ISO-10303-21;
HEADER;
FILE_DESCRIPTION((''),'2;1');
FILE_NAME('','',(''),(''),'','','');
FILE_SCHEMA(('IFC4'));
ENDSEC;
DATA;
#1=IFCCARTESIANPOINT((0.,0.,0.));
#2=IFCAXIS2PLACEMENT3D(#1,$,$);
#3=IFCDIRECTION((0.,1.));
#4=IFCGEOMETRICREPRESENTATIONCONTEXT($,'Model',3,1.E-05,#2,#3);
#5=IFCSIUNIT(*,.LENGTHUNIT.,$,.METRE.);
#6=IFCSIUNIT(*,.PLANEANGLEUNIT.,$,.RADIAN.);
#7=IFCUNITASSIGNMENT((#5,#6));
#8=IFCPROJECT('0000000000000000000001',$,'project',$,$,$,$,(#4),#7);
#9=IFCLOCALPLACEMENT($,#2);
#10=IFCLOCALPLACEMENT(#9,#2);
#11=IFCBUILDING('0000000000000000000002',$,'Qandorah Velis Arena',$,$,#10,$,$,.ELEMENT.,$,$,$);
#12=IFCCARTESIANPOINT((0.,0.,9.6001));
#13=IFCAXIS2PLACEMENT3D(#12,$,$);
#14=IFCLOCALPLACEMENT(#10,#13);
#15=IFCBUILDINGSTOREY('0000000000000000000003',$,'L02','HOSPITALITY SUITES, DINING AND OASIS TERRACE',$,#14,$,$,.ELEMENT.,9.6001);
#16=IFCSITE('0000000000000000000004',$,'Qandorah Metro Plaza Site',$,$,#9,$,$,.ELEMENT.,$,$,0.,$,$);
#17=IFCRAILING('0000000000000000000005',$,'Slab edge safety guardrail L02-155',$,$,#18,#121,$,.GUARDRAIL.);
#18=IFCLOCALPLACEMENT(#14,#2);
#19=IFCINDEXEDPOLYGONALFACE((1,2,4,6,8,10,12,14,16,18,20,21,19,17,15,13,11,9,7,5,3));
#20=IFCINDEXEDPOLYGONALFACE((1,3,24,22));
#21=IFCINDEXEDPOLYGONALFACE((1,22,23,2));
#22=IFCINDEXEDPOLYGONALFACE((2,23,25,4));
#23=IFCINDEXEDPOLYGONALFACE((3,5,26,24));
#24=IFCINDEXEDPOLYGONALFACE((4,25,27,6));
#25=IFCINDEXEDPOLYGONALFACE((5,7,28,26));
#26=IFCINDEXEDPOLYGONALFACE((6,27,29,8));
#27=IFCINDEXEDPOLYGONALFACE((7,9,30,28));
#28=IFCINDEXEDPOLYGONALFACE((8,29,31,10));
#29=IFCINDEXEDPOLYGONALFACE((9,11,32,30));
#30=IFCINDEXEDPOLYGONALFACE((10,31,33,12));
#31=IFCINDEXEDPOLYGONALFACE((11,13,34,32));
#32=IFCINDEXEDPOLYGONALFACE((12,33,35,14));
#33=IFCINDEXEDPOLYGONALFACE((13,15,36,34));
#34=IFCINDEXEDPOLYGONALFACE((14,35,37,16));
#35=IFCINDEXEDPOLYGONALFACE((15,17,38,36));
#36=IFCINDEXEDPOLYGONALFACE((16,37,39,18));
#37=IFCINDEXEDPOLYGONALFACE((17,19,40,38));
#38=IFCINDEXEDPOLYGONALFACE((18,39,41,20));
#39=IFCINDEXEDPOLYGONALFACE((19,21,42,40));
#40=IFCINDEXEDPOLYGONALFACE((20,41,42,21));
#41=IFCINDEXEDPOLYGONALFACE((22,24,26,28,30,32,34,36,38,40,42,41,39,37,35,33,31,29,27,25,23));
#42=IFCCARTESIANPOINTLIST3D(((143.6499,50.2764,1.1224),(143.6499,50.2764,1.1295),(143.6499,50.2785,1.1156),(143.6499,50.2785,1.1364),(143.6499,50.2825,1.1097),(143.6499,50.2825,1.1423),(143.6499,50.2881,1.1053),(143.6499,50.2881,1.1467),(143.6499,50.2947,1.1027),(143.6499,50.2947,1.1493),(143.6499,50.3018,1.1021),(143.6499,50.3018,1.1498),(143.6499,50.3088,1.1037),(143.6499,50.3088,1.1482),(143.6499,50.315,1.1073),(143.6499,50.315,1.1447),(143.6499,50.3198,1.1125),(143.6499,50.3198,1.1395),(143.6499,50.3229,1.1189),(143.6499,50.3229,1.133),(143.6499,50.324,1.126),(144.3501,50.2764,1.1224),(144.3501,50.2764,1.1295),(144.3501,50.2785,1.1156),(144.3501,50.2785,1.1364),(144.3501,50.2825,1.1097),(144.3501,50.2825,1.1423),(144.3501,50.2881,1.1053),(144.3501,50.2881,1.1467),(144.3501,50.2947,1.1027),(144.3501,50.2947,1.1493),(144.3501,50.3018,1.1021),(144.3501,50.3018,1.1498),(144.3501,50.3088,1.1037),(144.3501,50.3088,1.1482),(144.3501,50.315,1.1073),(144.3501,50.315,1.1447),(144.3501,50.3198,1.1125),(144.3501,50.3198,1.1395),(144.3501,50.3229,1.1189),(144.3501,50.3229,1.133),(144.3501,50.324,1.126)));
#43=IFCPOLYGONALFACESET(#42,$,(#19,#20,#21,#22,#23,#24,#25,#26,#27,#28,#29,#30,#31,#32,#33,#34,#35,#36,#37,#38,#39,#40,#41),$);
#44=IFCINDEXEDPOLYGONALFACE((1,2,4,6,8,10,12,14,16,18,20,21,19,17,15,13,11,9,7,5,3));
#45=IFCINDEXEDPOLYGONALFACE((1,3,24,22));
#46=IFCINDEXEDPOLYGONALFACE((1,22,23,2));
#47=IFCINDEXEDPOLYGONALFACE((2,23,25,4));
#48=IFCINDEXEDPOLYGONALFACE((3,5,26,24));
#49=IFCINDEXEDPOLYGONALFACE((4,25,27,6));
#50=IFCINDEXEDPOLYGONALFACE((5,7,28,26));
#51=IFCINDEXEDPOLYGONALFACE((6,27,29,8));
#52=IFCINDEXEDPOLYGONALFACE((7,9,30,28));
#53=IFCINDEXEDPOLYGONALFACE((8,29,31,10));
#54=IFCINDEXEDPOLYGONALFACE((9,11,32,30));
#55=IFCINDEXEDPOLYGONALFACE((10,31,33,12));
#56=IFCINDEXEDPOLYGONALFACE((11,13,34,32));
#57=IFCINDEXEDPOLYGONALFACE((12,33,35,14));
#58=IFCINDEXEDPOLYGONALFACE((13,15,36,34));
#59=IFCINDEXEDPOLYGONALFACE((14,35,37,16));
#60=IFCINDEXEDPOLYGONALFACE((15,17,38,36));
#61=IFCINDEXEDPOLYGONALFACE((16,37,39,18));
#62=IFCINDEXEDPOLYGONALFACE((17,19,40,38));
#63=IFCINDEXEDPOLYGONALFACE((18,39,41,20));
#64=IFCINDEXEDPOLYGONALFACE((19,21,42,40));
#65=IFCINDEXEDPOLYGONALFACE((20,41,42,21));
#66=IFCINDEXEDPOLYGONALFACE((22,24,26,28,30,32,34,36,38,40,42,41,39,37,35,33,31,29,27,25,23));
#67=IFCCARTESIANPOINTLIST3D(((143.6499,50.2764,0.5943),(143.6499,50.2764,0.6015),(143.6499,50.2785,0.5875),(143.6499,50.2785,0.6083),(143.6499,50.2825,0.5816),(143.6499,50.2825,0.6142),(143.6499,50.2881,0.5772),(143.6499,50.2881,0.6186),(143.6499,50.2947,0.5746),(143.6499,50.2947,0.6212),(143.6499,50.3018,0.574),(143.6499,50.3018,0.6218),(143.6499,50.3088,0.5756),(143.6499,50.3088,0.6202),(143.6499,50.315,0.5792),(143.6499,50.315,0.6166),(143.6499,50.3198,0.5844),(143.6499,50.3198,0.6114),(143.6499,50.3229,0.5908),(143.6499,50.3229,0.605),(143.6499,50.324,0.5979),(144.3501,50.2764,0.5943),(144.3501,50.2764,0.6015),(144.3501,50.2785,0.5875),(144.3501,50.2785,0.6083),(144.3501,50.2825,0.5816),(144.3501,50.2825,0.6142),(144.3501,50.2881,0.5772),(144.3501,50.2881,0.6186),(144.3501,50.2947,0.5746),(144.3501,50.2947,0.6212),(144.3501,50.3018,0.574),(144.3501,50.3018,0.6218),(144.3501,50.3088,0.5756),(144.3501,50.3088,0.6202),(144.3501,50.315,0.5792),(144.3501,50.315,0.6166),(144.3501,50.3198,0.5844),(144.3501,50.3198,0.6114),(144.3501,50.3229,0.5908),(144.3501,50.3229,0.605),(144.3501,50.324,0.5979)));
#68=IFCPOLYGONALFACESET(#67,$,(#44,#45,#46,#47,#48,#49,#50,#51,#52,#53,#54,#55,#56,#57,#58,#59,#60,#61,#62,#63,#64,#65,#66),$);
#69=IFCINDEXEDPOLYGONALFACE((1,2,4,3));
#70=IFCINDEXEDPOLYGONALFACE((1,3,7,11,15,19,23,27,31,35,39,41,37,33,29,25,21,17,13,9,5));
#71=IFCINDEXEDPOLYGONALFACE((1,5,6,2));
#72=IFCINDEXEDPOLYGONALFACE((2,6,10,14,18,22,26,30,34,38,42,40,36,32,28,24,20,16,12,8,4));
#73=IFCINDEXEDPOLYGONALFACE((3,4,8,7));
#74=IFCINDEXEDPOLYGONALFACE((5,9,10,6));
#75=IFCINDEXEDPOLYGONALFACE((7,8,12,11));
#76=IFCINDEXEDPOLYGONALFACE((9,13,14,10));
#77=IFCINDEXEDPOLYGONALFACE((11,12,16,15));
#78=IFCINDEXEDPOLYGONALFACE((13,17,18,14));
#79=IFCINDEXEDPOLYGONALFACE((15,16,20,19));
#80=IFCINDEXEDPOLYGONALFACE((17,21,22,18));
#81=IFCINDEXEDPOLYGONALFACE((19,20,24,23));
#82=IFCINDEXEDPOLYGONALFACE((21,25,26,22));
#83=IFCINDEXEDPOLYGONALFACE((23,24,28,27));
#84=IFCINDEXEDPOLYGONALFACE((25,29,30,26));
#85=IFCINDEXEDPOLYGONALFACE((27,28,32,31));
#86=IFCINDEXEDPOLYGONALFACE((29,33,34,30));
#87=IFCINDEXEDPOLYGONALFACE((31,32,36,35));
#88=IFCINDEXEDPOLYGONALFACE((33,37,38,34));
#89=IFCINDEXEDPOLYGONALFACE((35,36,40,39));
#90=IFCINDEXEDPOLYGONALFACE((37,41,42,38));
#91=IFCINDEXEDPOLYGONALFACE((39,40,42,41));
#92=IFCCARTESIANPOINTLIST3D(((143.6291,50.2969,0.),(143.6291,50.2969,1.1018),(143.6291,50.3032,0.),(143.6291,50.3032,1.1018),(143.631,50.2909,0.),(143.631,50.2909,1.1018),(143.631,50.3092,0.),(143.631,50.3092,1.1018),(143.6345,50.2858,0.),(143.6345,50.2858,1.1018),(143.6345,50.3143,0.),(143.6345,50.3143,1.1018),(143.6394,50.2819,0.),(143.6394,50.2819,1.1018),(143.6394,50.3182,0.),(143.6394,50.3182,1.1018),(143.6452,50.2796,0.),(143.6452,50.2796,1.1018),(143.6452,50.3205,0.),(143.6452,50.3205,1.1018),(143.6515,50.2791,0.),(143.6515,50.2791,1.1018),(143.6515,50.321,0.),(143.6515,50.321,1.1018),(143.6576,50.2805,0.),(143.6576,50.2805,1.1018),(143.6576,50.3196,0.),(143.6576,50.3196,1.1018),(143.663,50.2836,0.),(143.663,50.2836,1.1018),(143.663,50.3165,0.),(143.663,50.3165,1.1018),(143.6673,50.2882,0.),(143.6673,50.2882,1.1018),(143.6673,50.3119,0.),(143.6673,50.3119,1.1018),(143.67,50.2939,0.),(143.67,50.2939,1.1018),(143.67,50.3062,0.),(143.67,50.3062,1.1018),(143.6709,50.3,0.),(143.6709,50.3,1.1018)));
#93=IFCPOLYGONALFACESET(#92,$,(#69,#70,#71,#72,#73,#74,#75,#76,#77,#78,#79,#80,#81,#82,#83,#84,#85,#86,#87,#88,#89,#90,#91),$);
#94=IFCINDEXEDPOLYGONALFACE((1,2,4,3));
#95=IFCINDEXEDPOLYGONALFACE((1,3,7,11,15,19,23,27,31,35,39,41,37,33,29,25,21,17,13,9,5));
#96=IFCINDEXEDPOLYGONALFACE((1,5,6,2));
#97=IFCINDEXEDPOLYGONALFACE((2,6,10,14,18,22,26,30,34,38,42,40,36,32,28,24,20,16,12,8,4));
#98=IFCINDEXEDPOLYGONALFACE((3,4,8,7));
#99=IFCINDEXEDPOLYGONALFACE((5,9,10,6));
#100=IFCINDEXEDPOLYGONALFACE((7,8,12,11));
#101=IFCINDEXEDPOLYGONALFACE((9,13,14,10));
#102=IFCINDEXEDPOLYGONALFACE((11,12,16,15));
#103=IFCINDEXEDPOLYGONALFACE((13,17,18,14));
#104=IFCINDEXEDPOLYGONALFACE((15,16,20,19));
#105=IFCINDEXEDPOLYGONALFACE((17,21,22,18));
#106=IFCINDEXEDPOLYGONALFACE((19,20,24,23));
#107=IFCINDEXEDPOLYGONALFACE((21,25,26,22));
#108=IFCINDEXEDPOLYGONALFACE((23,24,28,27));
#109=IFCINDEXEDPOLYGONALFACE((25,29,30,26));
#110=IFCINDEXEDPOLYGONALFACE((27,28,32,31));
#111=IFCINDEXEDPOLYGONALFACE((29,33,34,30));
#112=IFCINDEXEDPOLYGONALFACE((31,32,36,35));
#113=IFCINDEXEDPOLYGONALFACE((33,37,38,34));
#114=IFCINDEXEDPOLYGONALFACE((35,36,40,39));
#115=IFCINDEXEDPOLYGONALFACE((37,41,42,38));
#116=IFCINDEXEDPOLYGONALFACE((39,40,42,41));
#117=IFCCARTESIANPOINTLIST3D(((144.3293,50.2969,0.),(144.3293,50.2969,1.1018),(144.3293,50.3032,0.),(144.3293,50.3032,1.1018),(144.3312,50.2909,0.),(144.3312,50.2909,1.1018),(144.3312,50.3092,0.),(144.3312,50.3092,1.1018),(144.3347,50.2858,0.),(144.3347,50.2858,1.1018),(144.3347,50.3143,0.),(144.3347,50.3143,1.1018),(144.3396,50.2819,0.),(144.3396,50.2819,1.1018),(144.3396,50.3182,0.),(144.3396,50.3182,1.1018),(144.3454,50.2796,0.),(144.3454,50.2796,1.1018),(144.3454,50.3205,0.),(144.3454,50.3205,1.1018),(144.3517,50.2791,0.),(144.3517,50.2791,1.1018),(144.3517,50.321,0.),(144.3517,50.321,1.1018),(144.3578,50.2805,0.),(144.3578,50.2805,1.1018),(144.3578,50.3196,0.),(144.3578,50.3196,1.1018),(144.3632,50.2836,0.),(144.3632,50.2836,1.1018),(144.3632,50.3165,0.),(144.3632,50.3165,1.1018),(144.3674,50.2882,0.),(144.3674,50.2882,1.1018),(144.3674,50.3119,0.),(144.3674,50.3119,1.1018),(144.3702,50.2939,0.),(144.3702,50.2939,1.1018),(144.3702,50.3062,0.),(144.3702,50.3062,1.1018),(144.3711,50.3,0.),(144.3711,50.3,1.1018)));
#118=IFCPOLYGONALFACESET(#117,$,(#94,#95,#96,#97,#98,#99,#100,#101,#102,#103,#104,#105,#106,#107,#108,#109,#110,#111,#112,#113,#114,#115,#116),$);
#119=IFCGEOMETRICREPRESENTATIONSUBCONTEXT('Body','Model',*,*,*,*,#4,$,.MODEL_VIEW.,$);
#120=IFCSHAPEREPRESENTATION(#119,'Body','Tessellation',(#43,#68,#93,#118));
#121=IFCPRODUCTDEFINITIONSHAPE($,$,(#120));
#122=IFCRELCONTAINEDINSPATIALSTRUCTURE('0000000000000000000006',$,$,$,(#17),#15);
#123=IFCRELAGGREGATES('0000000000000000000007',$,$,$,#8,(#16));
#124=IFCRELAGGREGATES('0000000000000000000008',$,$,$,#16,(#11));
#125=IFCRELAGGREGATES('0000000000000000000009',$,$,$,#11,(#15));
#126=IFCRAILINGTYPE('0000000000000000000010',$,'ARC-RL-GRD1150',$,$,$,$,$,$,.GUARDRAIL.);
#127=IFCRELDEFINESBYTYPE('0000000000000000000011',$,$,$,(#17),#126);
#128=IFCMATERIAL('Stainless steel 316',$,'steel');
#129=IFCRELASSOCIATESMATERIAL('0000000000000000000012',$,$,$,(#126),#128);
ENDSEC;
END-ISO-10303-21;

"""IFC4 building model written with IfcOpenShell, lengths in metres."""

from ifc_helpers import new_model, si_unit, direction, frame, origin, origin_2d, place, context, subcontext, project, spatial, circle, extrude, material, type_object, element, save


model = new_model("IFC4")

# Units and contexts
model_context = context("Model", 3, precision=1e-05, world=origin(), true_north=direction((0.0, 1.0)))
body_context = subcontext(model_context, "Body", "Model", "MODEL_VIEW")
ifc_project = project(units=[si_unit("LENGTHUNIT", "METRE"), si_unit("PLANEANGLEUNIT", "RADIAN")], contexts=[model_context])

# Site, building, storey
site_placement = place(None, origin())
site = spatial("IfcSite", under=ifc_project, at=site_placement, Name="Qandorah Metro Plaza Site", CompositionType="ELEMENT", RefElevation=0.0)
building_placement = place(site_placement, origin())
building = spatial("IfcBuilding", under=site, at=building_placement, Name="Qandorah Velis Arena", CompositionType="ELEMENT")
storey_placement = place(building_placement, frame((0.0, 0.0, 9.6001)))
storey = spatial("IfcBuildingStorey", under=building, at=storey_placement, Name="L02", Description="HOSPITALITY SUITES, DINING AND OASIS TERRACE", CompositionType="ELEMENT", Elevation=9.6001)

# Railing
ifc_material_1 = material(Name="Stainless steel 316", Category="steel")
railing_type = type_object("IfcRailingType", Name="ARC-RL-GRD1150", PredefinedType="GUARDRAIL", material=ifc_material_1)
railing_1_placement = place(storey_placement, frame((143.6499, 50.3, 0.0)))
element("IfcRailing", 1, at=railing_1_placement, inside=storey, type_object=railing_type, Name="Slab edge safety guardrail L02-155", PredefinedType="GUARDRAIL", context=body_context, shape_type="SweptSolid", body=[
    extrude(circle(Radius=0.0239, at=origin_2d()), frame((0.0, 0.0, 1.126), z_axis=(1.0, 0.0, 0.0), x_axis=(0.0, 1.0, 0.0)), (0.0, 0.0, 1.0), 0.7002),
    extrude(circle(Radius=0.0239, at=origin_2d()), frame((0.0, 0.0, 0.5979), z_axis=(1.0, 0.0, 0.0), x_axis=(0.0, 1.0, 0.0)), (0.0, 0.0, 1.0), 0.7002),
    extrude(circle(Radius=0.021, at=origin_2d()), origin(), (0.0, 0.0, 1.0), 1.1018),
    extrude(circle(Radius=0.021, at=origin_2d()), frame((0.7002, 0.0, 0.0)), (0.0, 0.0, 1.0), 1.1018),
])

save(model, "model.ifc")
